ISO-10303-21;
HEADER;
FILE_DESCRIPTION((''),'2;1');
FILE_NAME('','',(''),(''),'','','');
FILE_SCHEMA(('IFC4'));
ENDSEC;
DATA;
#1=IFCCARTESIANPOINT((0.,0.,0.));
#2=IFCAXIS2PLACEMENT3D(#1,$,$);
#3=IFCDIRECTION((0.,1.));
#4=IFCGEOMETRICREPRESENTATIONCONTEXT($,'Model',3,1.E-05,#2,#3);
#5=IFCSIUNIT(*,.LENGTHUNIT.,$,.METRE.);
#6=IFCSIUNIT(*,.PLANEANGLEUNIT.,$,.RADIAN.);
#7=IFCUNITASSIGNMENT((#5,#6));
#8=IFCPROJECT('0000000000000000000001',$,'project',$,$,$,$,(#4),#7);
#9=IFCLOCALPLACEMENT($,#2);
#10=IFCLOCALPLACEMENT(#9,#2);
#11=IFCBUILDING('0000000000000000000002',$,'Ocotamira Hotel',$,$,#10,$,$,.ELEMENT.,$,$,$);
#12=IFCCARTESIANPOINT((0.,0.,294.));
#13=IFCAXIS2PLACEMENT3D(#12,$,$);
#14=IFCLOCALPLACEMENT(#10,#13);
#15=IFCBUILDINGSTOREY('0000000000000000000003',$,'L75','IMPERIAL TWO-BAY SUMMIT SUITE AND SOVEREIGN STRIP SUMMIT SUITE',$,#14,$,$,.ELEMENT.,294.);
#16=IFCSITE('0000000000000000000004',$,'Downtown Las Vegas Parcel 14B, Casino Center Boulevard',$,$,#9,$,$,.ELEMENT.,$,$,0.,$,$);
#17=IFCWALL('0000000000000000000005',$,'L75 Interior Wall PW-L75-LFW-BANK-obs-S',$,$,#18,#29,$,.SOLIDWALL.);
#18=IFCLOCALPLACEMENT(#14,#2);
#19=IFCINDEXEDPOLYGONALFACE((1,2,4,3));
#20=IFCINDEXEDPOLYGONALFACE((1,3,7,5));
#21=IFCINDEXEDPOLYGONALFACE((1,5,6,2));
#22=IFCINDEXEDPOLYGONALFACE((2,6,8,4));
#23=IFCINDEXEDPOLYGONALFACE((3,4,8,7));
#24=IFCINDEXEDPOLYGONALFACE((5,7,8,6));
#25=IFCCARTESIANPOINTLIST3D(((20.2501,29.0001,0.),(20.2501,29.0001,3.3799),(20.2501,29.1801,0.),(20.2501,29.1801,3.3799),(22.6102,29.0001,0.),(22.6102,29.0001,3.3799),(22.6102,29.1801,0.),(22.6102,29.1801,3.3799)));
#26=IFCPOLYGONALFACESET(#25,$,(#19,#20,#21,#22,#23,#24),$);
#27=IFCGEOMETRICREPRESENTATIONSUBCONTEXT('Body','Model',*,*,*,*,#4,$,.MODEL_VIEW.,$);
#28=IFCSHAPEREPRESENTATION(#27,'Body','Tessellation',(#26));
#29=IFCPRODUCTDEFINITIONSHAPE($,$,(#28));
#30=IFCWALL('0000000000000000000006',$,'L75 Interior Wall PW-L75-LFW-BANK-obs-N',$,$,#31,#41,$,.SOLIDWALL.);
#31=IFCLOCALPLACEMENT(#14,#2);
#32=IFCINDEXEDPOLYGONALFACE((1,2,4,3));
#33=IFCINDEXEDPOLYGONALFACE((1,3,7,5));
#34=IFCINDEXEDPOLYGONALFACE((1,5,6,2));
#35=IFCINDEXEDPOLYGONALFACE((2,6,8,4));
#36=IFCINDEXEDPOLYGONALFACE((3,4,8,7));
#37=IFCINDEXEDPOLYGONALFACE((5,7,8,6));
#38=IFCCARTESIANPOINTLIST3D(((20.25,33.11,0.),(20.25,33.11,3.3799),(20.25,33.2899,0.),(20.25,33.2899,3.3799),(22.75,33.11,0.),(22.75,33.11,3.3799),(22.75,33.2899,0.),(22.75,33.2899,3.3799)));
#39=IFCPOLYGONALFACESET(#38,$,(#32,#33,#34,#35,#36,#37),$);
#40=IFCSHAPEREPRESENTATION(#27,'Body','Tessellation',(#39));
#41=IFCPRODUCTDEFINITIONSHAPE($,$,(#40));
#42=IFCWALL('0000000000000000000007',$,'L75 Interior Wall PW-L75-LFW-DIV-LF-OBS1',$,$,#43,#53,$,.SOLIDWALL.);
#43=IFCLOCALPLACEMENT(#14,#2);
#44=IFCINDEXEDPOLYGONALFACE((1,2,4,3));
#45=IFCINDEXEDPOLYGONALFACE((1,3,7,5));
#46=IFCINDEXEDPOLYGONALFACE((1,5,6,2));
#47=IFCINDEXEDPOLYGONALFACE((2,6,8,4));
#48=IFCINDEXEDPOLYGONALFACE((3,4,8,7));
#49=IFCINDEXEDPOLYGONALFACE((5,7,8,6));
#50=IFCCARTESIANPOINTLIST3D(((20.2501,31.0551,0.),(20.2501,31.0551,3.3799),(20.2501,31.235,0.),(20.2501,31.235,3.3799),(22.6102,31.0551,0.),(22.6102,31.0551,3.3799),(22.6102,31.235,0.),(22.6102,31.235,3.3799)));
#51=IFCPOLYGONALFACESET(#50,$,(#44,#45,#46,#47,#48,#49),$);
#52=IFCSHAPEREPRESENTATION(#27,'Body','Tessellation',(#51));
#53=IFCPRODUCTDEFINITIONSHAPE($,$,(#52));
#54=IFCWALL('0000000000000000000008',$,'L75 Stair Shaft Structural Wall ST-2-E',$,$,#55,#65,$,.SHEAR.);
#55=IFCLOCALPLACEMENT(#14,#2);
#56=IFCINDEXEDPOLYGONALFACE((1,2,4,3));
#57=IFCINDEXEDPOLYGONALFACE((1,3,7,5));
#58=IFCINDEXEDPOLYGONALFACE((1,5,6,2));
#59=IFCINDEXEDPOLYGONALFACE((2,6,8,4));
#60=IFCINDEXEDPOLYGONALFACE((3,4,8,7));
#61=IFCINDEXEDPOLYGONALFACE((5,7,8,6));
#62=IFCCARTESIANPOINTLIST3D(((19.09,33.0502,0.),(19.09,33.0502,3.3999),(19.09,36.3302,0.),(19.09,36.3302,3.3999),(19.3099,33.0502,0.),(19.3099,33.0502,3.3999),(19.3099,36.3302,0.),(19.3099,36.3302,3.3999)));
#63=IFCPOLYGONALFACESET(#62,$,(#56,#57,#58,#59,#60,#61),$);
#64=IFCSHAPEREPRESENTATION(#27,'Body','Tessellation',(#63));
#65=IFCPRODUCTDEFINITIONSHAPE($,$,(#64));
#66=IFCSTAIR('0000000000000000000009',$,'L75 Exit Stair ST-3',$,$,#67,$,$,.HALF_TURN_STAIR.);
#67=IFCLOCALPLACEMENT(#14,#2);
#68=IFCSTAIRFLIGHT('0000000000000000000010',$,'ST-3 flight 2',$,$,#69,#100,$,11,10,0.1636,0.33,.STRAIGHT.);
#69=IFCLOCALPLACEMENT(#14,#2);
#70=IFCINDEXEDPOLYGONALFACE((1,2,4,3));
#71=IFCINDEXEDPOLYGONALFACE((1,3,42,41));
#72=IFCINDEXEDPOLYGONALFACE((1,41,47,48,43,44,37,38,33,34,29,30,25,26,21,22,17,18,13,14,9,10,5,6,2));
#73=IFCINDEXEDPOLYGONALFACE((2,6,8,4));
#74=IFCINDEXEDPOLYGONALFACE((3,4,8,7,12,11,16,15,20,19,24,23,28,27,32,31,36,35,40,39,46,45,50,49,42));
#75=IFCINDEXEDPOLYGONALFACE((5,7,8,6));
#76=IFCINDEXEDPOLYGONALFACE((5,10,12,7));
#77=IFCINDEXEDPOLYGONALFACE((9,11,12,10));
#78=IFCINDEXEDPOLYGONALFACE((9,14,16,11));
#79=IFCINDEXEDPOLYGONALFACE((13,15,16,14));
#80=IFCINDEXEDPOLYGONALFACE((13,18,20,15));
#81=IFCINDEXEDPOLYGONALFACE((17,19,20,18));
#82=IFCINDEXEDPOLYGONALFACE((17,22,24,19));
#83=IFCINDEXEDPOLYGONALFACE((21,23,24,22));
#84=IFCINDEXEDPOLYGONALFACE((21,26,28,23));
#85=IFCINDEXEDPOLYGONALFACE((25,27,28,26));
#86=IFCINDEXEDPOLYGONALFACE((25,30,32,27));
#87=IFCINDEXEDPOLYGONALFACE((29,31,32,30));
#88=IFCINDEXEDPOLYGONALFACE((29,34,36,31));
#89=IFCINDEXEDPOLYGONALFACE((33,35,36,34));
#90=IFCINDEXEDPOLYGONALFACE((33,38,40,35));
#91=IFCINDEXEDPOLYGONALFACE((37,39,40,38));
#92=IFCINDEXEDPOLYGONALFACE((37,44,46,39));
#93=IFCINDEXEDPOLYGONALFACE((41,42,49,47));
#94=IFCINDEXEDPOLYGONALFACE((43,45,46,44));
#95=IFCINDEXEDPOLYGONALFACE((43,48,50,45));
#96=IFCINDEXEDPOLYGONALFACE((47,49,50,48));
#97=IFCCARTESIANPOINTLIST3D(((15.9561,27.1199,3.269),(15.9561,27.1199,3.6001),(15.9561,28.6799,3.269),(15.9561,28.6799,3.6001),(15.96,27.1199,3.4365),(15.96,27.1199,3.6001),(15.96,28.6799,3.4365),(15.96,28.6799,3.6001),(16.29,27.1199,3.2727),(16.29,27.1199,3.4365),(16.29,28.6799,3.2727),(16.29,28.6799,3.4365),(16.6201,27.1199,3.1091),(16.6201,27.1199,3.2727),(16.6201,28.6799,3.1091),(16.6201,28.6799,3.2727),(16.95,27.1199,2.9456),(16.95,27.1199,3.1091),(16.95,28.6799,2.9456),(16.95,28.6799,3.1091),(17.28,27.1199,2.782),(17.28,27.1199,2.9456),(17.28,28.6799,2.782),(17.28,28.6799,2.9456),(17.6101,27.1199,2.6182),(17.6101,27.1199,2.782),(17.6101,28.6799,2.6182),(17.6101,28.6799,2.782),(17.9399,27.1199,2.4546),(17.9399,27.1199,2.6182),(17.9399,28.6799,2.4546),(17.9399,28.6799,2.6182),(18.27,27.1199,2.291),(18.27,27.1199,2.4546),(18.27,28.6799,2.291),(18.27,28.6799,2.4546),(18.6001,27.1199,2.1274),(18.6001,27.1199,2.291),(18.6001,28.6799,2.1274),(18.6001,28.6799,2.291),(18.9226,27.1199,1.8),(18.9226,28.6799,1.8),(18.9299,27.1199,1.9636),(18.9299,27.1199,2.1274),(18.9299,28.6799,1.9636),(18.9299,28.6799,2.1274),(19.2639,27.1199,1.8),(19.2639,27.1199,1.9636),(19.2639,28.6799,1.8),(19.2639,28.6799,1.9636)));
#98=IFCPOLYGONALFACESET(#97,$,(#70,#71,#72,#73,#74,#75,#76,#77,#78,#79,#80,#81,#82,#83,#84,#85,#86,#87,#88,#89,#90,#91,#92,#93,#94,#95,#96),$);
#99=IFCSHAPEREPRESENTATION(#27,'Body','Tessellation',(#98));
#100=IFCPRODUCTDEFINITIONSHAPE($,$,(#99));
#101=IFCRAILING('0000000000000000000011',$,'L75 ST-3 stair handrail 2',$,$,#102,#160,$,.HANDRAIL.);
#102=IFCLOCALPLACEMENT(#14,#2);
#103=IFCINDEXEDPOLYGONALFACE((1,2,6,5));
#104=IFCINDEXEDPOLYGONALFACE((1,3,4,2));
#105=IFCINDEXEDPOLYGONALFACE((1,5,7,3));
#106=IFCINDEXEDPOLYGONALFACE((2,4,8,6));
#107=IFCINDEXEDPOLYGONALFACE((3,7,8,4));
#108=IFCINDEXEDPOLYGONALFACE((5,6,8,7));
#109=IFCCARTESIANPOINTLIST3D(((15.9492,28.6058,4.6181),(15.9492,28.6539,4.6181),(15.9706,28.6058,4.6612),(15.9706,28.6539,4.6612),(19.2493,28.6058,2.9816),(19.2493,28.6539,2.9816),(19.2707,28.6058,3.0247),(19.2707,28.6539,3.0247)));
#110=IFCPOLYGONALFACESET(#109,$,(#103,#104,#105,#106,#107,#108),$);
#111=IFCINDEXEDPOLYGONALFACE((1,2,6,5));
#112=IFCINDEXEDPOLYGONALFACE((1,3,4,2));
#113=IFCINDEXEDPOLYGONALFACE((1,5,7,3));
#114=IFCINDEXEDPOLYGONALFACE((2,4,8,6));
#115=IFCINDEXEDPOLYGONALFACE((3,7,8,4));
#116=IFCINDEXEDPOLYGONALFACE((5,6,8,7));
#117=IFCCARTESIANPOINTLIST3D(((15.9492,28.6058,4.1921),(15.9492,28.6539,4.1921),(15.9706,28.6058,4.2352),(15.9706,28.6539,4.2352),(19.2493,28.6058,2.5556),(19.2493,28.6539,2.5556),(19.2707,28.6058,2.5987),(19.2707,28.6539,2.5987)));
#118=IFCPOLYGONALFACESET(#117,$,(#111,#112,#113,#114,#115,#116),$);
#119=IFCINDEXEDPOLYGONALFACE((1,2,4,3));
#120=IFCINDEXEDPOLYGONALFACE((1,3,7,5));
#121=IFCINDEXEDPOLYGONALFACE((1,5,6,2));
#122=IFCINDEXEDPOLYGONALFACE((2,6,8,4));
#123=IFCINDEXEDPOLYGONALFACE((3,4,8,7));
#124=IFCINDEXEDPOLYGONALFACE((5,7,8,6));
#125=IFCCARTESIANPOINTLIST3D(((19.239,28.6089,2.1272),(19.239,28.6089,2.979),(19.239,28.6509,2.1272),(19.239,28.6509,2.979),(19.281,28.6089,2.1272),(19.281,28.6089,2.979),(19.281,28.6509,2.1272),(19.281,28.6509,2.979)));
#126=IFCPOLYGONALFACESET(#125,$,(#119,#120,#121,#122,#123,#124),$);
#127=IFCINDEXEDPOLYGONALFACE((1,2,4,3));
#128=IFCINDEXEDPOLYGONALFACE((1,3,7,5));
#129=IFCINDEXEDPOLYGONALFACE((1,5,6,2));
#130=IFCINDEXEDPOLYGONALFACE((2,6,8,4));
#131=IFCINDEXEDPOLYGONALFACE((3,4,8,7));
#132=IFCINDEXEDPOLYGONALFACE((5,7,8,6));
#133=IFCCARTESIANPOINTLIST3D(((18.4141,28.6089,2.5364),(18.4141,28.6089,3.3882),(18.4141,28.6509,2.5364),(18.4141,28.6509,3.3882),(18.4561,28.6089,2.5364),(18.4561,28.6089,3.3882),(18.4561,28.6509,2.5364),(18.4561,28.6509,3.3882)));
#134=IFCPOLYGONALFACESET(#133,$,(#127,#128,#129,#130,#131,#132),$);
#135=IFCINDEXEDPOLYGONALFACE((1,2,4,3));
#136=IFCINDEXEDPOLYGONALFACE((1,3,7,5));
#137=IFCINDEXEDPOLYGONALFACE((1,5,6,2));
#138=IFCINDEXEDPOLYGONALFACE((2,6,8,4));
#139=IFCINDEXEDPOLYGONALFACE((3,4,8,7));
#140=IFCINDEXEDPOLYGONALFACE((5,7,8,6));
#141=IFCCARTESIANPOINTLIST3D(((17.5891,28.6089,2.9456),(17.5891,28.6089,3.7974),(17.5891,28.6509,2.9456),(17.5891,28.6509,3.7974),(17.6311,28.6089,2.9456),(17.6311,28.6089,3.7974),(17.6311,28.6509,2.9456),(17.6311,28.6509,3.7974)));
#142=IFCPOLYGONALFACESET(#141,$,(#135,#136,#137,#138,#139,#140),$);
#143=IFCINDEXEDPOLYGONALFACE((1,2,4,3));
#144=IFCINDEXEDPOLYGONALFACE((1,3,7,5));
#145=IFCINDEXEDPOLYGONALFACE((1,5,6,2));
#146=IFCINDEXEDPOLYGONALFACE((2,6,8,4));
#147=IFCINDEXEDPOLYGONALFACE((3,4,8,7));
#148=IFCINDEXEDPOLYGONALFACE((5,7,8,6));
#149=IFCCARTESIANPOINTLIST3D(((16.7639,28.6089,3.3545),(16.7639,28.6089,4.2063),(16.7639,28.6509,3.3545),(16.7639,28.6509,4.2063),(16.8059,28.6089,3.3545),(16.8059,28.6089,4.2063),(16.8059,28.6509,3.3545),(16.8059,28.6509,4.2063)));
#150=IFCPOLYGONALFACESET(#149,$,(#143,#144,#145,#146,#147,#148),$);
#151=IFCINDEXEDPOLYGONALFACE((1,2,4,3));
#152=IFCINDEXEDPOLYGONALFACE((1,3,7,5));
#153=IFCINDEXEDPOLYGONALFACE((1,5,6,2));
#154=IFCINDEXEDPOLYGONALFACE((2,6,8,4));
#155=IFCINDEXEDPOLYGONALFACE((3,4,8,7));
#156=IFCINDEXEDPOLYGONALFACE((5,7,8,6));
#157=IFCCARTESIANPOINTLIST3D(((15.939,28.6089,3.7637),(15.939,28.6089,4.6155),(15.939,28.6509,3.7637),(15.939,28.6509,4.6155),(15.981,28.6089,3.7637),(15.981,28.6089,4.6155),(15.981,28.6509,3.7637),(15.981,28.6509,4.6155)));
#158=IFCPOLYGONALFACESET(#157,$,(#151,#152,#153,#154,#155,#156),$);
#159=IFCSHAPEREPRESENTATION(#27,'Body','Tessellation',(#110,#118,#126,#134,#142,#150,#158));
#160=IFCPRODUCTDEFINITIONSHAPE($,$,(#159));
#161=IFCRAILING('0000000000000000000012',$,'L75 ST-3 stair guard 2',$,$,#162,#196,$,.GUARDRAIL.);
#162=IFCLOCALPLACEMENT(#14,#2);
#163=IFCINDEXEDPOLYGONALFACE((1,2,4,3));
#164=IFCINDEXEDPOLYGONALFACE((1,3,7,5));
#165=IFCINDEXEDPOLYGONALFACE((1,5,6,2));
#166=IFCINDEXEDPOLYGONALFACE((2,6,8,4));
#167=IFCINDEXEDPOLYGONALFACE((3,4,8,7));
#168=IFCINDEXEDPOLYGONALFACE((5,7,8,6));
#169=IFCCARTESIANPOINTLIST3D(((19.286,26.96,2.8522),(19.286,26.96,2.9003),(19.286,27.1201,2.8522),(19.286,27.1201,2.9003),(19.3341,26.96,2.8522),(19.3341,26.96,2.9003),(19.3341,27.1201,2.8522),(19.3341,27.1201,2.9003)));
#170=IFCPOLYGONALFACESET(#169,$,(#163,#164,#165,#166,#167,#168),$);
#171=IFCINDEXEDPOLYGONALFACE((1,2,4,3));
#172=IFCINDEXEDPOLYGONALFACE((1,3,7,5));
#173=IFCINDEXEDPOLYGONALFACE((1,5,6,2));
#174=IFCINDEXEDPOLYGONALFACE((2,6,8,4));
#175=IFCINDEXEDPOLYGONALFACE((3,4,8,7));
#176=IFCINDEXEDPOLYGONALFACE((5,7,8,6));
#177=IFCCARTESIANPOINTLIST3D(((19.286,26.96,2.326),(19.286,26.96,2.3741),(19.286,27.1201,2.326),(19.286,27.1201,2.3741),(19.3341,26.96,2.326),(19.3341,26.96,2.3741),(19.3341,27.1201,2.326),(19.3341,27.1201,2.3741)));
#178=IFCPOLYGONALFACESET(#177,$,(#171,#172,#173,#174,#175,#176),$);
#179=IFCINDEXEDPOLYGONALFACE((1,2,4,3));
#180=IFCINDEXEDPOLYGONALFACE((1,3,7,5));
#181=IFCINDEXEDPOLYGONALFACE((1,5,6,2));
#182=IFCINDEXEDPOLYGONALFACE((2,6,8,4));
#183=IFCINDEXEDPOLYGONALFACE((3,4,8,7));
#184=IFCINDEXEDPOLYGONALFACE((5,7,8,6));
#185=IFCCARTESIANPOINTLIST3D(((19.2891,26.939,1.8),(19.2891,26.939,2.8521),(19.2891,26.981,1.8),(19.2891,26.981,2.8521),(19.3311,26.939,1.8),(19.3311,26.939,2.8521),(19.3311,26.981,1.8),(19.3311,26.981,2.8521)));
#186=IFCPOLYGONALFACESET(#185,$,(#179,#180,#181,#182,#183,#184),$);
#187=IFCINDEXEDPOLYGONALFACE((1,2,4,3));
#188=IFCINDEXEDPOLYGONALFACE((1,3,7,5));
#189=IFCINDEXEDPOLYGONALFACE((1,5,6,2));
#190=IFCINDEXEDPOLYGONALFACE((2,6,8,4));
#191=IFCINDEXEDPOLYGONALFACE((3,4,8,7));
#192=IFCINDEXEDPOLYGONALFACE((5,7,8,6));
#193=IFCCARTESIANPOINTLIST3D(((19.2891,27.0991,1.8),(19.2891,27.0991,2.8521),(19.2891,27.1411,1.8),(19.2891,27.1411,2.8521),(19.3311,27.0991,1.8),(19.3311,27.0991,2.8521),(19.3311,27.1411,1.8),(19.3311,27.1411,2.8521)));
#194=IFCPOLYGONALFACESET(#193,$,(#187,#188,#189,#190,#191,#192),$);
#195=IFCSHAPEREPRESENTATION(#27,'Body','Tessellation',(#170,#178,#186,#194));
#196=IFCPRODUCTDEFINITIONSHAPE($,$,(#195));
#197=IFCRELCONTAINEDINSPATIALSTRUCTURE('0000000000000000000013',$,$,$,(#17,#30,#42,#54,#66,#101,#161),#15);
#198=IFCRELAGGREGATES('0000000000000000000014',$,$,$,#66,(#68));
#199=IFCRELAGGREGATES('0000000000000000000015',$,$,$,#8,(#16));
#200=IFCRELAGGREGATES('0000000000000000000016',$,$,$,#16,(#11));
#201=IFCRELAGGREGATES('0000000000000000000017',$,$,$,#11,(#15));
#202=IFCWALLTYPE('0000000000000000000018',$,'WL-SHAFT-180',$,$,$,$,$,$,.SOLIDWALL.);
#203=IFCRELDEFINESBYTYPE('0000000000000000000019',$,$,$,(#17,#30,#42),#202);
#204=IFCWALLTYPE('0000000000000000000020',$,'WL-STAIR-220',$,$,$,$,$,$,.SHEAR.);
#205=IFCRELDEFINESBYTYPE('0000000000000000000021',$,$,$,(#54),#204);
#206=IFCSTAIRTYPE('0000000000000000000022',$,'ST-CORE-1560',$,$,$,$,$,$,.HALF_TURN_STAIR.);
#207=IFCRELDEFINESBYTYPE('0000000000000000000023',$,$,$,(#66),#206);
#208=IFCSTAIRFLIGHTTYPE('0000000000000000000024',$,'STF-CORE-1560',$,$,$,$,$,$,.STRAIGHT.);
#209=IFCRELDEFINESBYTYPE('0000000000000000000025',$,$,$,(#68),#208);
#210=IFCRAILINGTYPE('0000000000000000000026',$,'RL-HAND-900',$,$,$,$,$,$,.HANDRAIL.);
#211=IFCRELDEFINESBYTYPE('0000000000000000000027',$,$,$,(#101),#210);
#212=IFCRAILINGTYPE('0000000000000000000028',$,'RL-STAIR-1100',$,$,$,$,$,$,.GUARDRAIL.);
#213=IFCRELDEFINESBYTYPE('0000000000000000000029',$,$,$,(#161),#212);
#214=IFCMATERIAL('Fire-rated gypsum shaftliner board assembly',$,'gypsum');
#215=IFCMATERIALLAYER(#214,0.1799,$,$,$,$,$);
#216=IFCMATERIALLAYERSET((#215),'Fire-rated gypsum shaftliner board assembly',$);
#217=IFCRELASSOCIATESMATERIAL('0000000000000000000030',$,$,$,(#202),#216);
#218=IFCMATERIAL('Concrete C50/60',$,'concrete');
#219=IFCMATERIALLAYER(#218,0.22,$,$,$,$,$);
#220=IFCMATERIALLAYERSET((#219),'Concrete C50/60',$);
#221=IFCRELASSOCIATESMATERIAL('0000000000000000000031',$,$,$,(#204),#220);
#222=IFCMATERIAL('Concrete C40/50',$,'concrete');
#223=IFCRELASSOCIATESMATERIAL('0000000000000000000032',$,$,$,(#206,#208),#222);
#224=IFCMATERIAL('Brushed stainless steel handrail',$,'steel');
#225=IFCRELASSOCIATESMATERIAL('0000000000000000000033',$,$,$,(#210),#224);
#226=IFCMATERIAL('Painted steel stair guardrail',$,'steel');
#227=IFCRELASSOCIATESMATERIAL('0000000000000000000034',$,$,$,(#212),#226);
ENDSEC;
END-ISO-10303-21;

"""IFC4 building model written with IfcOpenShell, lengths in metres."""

from ifc_helpers import new_model, si_unit, direction, frame, frame_2d, origin, origin_2d, place, context, subcontext, project, spatial, polyline, rectangle, outline, extrude, source, transform, mapped, material, layer, layer_set, type_object, element, aggregate, save


model = new_model("IFC4")

# Units and contexts
model_context = context("Model", 3, precision=1e-05, world=origin(), true_north=direction((0.0, 1.0)))
body_context = subcontext(model_context, "Body", "Model", "MODEL_VIEW")
ifc_project = project(units=[si_unit("LENGTHUNIT", "METRE"), si_unit("PLANEANGLEUNIT", "RADIAN")], contexts=[model_context])

# Site, building, storey
site_placement = place(None, origin())
site = spatial("IfcSite", under=ifc_project, at=site_placement, Name="Downtown Las Vegas Parcel 14B, Casino Center Boulevard", CompositionType="ELEMENT", RefElevation=0.0)
building_placement = place(site_placement, origin())
building = spatial("IfcBuilding", under=site, at=building_placement, Name="Ocotamira Hotel", CompositionType="ELEMENT")
storey_placement = place(building_placement, frame((0.0, 0.0, 294.0)))
storey = spatial("IfcBuildingStorey", under=building, at=storey_placement, Name="L75", Description="IMPERIAL TWO-BAY SUMMIT SUITE AND SOVEREIGN STRIP SUMMIT SUITE", CompositionType="ELEMENT", Elevation=294.0)

# Walls
ifc_material_1 = material(Name="Fire-rated gypsum shaftliner board assembly", Category="gypsum")
ifc_layer_1 = layer(ifc_material_1, 0.1799)
ifc_layer_set_1 = layer_set([ifc_layer_1], Name="Fire-rated gypsum shaftliner board assembly")
wall_type_1 = type_object("IfcWallType", Name="WL-SHAFT-180", PredefinedType="SOLIDWALL", material=ifc_layer_set_1)
wall_1_placement = place(storey_placement, frame((20.25, 29.0901, 0.0), z_axis=(0.0, 0.0, 1.0), x_axis=(1.0, 0.0, 0.0)))
element("IfcWall", 1, at=wall_1_placement, inside=storey, type_object=wall_type_1, Name="L75 Interior Wall PW-L75-LFW-BANK-obs-S", PredefinedType="SOLIDWALL", context=body_context, shape_type="SweptSolid", body=[
    extrude(rectangle(XDim=2.3601, YDim=0.1799, at=frame_2d((1.1802, 0.0))), origin(), (0.0, 0.0, 1.0), 3.3799),
])
wall_2_placement = place(storey_placement, frame((20.25, 33.2, 0.0), z_axis=(0.0, 0.0, 1.0), x_axis=(1.0, 0.0, 0.0)))
element("IfcWall", 2, at=wall_2_placement, inside=storey, type_object=wall_type_1, Name="L75 Interior Wall PW-L75-LFW-BANK-obs-N", PredefinedType="SOLIDWALL", context=body_context, shape_type="SweptSolid", body=[
    extrude(rectangle(XDim=2.5, YDim=0.1799, at=frame_2d((1.25, 0.0))), origin(), (0.0, 0.0, 1.0), 3.3799),
])
wall_3_placement = place(storey_placement, frame((20.25, 31.145, 0.0), z_axis=(0.0, 0.0, 1.0), x_axis=(1.0, 0.0, 0.0)))
element("IfcWall", 3, at=wall_3_placement, inside=storey, type_object=wall_type_1, Name="L75 Interior Wall PW-L75-LFW-DIV-LF-OBS1", PredefinedType="SOLIDWALL", context=body_context, shape_type="SweptSolid", body=[
    extrude(rectangle(XDim=2.3601, YDim=0.1799, at=frame_2d((1.1802, 0.0))), origin(), (0.0, 0.0, 1.0), 3.3799),
])
ifc_material_2 = material(Name="Concrete C50/60", Category="concrete")
ifc_layer_2 = layer(ifc_material_2, 0.22)
ifc_layer_set_2 = layer_set([ifc_layer_2], Name="Concrete C50/60")
wall_type_2 = type_object("IfcWallType", Name="WL-STAIR-220", PredefinedType="SHEAR", material=ifc_layer_set_2)
wall_4_placement = place(storey_placement, frame((19.2, 33.05, 0.0), z_axis=(0.0, 0.0, 1.0), x_axis=(0.0, 1.0, 0.0)))
element("IfcWall", 4, at=wall_4_placement, inside=storey, type_object=wall_type_2, Name="L75 Stair Shaft Structural Wall ST-2-E", PredefinedType="SHEAR", context=body_context, shape_type="SweptSolid", body=[
    extrude(rectangle(XDim=3.28, YDim=0.22, at=frame_2d((1.6401, 0.0))), origin(), (0.0, 0.0, 1.0), 3.3999),
])

# Stair, stair flight
ifc_material_3 = material(Name="Concrete C40/50", Category="concrete")
stair_type = type_object("IfcStairType", Name="ST-CORE-1560", PredefinedType="HALF_TURN_STAIR", material=ifc_material_3)
stair_placement = place(storey_placement, origin())
stair = element("IfcStair", 5, at=stair_placement, inside=storey, type_object=stair_type, Name="L75 Exit Stair ST-3", PredefinedType="HALF_TURN_STAIR")
stair_flight_type = type_object("IfcStairFlightType", Name="STF-CORE-1560", PredefinedType="STRAIGHT", material=ifc_material_3)
shared_shape_1 = source(origin(), body_context, "Body", "SweptSolid", [
    extrude(outline(polyline([(-0.0039, 0.0), (-0.0039, 0.1636), (0.3301, 0.1636), (0.3301, 0.3274), (0.6599, 0.3274), (0.6599, 0.491), (0.99, 0.491), (0.99, 0.6545), (1.3201, 0.6545), (1.3201, 0.8181), (1.6499, 0.8181), (1.6499, 0.9819), (1.98, 0.9819), (1.98, 1.1455), (2.3101, 1.1455), (2.3101, 1.3091), (2.6399, 1.3091), (2.6399, 1.4727), (2.97, 1.4727), (2.97, 1.6365), (3.3, 1.6365), (3.3, 1.8), (3.304, 1.8), (3.304, 1.469), (0.3374, 0.0), (-0.0039, 0.0)])), frame((0.0, 0.78, 0.0), z_axis=(0.0, -1.0, 0.0), x_axis=(1.0, 0.0, 0.0)), (0.0, 0.0, 1.0), 1.5601),
])
stair_flight_placement = place(storey_placement, frame((19.26, 27.8999, 1.8), z_axis=(0.0, 0.0, 1.0), x_axis=(-1.0, 0.0, 0.0)))
stair_flight = element("IfcStairFlight", 6, at=stair_flight_placement, type_object=stair_flight_type, Name="ST-3 flight 2", NumberOfRisers=11, NumberOfTreads=10, PredefinedType="STRAIGHT", RiserHeight=0.1636, TreadLength=0.33, context=body_context, shape_type="MappedRepresentation", body=[
    mapped(shared_shape_1, transform((0.0, 0.0, 0.0), scale=1.0)),
])
aggregate(stair, [stair_flight])

# Railings
ifc_material_4 = material(Name="Brushed stainless steel handrail", Category="steel")
railing_type_1 = type_object("IfcRailingType", Name="RL-HAND-900", PredefinedType="HANDRAIL", material=ifc_material_4)
railing_1_placement = place(storey_placement, frame((19.26, 28.6299, 2.1272)))
element("IfcRailing", 7, at=railing_1_placement, inside=storey, type_object=railing_type_1, Name="L75 ST-3 stair handrail 2", PredefinedType="HANDRAIL", context=body_context, shape_type="SweptSolid", body=[
    extrude(rectangle(XDim=0.0481, YDim=0.0481, at=origin_2d()), frame((0.0, 0.0, 0.876), z_axis=(-0.895894, 0.0, 0.444268), x_axis=(0.0, -1.0, 0.0)), (0.0, 0.0, 1.0), 3.6836),
    extrude(rectangle(XDim=0.0481, YDim=0.0481, at=origin_2d()), frame((0.0, 0.0, 0.45), z_axis=(-0.895894, 0.0, 0.444268), x_axis=(0.0, -1.0, 0.0)), (0.0, 0.0, 1.0), 3.6836),
    extrude(rectangle(XDim=0.042, YDim=0.042, at=origin_2d()), origin(), (0.0, 0.0, 1.0), 0.8518),
    extrude(rectangle(XDim=0.042, YDim=0.042, at=origin_2d()), frame((-0.825, 0.0, 0.4092)), (0.0, 0.0, 1.0), 0.8518),
    extrude(rectangle(XDim=0.042, YDim=0.042, at=origin_2d()), frame((-1.6499, 0.0, 0.8184)), (0.0, 0.0, 1.0), 0.8518),
    extrude(rectangle(XDim=0.042, YDim=0.042, at=origin_2d()), frame((-2.4751, 0.0, 1.2273)), (0.0, 0.0, 1.0), 0.8518),
    extrude(rectangle(XDim=0.042, YDim=0.042, at=origin_2d()), frame((-3.3, 0.0, 1.6365)), (0.0, 0.0, 1.0), 0.8518),
])
ifc_material_5 = material(Name="Painted steel stair guardrail", Category="steel")
railing_type_2 = type_object("IfcRailingType", Name="RL-STAIR-1100", PredefinedType="GUARDRAIL", material=ifc_material_5)
railing_2_placement = place(storey_placement, frame((19.3101, 26.96, 1.8)))
element("IfcRailing", 8, at=railing_2_placement, inside=storey, type_object=railing_type_2, Name="L75 ST-3 stair guard 2", PredefinedType="GUARDRAIL", context=body_context, shape_type="SweptSolid", body=[
    extrude(rectangle(XDim=0.0481, YDim=0.0481, at=origin_2d()), frame((0.0, 0.0, 1.0762), z_axis=(0.0, 1.0, 0.0), x_axis=(-1.0, 0.0, 0.0)), (0.0, 0.0, 1.0), 0.1602),
    extrude(rectangle(XDim=0.0481, YDim=0.0481, at=origin_2d()), frame((0.0, 0.0, 0.55), z_axis=(0.0, 1.0, 0.0), x_axis=(-1.0, 0.0, 0.0)), (0.0, 0.0, 1.0), 0.1602),
    extrude(rectangle(XDim=0.042, YDim=0.042, at=origin_2d()), origin(), (0.0, 0.0, 1.0), 1.052),
    extrude(rectangle(XDim=0.042, YDim=0.042, at=origin_2d()), frame((0.0, 0.1602, 0.0)), (0.0, 0.0, 1.0), 1.052),
])

save(model, "model.ifc")
